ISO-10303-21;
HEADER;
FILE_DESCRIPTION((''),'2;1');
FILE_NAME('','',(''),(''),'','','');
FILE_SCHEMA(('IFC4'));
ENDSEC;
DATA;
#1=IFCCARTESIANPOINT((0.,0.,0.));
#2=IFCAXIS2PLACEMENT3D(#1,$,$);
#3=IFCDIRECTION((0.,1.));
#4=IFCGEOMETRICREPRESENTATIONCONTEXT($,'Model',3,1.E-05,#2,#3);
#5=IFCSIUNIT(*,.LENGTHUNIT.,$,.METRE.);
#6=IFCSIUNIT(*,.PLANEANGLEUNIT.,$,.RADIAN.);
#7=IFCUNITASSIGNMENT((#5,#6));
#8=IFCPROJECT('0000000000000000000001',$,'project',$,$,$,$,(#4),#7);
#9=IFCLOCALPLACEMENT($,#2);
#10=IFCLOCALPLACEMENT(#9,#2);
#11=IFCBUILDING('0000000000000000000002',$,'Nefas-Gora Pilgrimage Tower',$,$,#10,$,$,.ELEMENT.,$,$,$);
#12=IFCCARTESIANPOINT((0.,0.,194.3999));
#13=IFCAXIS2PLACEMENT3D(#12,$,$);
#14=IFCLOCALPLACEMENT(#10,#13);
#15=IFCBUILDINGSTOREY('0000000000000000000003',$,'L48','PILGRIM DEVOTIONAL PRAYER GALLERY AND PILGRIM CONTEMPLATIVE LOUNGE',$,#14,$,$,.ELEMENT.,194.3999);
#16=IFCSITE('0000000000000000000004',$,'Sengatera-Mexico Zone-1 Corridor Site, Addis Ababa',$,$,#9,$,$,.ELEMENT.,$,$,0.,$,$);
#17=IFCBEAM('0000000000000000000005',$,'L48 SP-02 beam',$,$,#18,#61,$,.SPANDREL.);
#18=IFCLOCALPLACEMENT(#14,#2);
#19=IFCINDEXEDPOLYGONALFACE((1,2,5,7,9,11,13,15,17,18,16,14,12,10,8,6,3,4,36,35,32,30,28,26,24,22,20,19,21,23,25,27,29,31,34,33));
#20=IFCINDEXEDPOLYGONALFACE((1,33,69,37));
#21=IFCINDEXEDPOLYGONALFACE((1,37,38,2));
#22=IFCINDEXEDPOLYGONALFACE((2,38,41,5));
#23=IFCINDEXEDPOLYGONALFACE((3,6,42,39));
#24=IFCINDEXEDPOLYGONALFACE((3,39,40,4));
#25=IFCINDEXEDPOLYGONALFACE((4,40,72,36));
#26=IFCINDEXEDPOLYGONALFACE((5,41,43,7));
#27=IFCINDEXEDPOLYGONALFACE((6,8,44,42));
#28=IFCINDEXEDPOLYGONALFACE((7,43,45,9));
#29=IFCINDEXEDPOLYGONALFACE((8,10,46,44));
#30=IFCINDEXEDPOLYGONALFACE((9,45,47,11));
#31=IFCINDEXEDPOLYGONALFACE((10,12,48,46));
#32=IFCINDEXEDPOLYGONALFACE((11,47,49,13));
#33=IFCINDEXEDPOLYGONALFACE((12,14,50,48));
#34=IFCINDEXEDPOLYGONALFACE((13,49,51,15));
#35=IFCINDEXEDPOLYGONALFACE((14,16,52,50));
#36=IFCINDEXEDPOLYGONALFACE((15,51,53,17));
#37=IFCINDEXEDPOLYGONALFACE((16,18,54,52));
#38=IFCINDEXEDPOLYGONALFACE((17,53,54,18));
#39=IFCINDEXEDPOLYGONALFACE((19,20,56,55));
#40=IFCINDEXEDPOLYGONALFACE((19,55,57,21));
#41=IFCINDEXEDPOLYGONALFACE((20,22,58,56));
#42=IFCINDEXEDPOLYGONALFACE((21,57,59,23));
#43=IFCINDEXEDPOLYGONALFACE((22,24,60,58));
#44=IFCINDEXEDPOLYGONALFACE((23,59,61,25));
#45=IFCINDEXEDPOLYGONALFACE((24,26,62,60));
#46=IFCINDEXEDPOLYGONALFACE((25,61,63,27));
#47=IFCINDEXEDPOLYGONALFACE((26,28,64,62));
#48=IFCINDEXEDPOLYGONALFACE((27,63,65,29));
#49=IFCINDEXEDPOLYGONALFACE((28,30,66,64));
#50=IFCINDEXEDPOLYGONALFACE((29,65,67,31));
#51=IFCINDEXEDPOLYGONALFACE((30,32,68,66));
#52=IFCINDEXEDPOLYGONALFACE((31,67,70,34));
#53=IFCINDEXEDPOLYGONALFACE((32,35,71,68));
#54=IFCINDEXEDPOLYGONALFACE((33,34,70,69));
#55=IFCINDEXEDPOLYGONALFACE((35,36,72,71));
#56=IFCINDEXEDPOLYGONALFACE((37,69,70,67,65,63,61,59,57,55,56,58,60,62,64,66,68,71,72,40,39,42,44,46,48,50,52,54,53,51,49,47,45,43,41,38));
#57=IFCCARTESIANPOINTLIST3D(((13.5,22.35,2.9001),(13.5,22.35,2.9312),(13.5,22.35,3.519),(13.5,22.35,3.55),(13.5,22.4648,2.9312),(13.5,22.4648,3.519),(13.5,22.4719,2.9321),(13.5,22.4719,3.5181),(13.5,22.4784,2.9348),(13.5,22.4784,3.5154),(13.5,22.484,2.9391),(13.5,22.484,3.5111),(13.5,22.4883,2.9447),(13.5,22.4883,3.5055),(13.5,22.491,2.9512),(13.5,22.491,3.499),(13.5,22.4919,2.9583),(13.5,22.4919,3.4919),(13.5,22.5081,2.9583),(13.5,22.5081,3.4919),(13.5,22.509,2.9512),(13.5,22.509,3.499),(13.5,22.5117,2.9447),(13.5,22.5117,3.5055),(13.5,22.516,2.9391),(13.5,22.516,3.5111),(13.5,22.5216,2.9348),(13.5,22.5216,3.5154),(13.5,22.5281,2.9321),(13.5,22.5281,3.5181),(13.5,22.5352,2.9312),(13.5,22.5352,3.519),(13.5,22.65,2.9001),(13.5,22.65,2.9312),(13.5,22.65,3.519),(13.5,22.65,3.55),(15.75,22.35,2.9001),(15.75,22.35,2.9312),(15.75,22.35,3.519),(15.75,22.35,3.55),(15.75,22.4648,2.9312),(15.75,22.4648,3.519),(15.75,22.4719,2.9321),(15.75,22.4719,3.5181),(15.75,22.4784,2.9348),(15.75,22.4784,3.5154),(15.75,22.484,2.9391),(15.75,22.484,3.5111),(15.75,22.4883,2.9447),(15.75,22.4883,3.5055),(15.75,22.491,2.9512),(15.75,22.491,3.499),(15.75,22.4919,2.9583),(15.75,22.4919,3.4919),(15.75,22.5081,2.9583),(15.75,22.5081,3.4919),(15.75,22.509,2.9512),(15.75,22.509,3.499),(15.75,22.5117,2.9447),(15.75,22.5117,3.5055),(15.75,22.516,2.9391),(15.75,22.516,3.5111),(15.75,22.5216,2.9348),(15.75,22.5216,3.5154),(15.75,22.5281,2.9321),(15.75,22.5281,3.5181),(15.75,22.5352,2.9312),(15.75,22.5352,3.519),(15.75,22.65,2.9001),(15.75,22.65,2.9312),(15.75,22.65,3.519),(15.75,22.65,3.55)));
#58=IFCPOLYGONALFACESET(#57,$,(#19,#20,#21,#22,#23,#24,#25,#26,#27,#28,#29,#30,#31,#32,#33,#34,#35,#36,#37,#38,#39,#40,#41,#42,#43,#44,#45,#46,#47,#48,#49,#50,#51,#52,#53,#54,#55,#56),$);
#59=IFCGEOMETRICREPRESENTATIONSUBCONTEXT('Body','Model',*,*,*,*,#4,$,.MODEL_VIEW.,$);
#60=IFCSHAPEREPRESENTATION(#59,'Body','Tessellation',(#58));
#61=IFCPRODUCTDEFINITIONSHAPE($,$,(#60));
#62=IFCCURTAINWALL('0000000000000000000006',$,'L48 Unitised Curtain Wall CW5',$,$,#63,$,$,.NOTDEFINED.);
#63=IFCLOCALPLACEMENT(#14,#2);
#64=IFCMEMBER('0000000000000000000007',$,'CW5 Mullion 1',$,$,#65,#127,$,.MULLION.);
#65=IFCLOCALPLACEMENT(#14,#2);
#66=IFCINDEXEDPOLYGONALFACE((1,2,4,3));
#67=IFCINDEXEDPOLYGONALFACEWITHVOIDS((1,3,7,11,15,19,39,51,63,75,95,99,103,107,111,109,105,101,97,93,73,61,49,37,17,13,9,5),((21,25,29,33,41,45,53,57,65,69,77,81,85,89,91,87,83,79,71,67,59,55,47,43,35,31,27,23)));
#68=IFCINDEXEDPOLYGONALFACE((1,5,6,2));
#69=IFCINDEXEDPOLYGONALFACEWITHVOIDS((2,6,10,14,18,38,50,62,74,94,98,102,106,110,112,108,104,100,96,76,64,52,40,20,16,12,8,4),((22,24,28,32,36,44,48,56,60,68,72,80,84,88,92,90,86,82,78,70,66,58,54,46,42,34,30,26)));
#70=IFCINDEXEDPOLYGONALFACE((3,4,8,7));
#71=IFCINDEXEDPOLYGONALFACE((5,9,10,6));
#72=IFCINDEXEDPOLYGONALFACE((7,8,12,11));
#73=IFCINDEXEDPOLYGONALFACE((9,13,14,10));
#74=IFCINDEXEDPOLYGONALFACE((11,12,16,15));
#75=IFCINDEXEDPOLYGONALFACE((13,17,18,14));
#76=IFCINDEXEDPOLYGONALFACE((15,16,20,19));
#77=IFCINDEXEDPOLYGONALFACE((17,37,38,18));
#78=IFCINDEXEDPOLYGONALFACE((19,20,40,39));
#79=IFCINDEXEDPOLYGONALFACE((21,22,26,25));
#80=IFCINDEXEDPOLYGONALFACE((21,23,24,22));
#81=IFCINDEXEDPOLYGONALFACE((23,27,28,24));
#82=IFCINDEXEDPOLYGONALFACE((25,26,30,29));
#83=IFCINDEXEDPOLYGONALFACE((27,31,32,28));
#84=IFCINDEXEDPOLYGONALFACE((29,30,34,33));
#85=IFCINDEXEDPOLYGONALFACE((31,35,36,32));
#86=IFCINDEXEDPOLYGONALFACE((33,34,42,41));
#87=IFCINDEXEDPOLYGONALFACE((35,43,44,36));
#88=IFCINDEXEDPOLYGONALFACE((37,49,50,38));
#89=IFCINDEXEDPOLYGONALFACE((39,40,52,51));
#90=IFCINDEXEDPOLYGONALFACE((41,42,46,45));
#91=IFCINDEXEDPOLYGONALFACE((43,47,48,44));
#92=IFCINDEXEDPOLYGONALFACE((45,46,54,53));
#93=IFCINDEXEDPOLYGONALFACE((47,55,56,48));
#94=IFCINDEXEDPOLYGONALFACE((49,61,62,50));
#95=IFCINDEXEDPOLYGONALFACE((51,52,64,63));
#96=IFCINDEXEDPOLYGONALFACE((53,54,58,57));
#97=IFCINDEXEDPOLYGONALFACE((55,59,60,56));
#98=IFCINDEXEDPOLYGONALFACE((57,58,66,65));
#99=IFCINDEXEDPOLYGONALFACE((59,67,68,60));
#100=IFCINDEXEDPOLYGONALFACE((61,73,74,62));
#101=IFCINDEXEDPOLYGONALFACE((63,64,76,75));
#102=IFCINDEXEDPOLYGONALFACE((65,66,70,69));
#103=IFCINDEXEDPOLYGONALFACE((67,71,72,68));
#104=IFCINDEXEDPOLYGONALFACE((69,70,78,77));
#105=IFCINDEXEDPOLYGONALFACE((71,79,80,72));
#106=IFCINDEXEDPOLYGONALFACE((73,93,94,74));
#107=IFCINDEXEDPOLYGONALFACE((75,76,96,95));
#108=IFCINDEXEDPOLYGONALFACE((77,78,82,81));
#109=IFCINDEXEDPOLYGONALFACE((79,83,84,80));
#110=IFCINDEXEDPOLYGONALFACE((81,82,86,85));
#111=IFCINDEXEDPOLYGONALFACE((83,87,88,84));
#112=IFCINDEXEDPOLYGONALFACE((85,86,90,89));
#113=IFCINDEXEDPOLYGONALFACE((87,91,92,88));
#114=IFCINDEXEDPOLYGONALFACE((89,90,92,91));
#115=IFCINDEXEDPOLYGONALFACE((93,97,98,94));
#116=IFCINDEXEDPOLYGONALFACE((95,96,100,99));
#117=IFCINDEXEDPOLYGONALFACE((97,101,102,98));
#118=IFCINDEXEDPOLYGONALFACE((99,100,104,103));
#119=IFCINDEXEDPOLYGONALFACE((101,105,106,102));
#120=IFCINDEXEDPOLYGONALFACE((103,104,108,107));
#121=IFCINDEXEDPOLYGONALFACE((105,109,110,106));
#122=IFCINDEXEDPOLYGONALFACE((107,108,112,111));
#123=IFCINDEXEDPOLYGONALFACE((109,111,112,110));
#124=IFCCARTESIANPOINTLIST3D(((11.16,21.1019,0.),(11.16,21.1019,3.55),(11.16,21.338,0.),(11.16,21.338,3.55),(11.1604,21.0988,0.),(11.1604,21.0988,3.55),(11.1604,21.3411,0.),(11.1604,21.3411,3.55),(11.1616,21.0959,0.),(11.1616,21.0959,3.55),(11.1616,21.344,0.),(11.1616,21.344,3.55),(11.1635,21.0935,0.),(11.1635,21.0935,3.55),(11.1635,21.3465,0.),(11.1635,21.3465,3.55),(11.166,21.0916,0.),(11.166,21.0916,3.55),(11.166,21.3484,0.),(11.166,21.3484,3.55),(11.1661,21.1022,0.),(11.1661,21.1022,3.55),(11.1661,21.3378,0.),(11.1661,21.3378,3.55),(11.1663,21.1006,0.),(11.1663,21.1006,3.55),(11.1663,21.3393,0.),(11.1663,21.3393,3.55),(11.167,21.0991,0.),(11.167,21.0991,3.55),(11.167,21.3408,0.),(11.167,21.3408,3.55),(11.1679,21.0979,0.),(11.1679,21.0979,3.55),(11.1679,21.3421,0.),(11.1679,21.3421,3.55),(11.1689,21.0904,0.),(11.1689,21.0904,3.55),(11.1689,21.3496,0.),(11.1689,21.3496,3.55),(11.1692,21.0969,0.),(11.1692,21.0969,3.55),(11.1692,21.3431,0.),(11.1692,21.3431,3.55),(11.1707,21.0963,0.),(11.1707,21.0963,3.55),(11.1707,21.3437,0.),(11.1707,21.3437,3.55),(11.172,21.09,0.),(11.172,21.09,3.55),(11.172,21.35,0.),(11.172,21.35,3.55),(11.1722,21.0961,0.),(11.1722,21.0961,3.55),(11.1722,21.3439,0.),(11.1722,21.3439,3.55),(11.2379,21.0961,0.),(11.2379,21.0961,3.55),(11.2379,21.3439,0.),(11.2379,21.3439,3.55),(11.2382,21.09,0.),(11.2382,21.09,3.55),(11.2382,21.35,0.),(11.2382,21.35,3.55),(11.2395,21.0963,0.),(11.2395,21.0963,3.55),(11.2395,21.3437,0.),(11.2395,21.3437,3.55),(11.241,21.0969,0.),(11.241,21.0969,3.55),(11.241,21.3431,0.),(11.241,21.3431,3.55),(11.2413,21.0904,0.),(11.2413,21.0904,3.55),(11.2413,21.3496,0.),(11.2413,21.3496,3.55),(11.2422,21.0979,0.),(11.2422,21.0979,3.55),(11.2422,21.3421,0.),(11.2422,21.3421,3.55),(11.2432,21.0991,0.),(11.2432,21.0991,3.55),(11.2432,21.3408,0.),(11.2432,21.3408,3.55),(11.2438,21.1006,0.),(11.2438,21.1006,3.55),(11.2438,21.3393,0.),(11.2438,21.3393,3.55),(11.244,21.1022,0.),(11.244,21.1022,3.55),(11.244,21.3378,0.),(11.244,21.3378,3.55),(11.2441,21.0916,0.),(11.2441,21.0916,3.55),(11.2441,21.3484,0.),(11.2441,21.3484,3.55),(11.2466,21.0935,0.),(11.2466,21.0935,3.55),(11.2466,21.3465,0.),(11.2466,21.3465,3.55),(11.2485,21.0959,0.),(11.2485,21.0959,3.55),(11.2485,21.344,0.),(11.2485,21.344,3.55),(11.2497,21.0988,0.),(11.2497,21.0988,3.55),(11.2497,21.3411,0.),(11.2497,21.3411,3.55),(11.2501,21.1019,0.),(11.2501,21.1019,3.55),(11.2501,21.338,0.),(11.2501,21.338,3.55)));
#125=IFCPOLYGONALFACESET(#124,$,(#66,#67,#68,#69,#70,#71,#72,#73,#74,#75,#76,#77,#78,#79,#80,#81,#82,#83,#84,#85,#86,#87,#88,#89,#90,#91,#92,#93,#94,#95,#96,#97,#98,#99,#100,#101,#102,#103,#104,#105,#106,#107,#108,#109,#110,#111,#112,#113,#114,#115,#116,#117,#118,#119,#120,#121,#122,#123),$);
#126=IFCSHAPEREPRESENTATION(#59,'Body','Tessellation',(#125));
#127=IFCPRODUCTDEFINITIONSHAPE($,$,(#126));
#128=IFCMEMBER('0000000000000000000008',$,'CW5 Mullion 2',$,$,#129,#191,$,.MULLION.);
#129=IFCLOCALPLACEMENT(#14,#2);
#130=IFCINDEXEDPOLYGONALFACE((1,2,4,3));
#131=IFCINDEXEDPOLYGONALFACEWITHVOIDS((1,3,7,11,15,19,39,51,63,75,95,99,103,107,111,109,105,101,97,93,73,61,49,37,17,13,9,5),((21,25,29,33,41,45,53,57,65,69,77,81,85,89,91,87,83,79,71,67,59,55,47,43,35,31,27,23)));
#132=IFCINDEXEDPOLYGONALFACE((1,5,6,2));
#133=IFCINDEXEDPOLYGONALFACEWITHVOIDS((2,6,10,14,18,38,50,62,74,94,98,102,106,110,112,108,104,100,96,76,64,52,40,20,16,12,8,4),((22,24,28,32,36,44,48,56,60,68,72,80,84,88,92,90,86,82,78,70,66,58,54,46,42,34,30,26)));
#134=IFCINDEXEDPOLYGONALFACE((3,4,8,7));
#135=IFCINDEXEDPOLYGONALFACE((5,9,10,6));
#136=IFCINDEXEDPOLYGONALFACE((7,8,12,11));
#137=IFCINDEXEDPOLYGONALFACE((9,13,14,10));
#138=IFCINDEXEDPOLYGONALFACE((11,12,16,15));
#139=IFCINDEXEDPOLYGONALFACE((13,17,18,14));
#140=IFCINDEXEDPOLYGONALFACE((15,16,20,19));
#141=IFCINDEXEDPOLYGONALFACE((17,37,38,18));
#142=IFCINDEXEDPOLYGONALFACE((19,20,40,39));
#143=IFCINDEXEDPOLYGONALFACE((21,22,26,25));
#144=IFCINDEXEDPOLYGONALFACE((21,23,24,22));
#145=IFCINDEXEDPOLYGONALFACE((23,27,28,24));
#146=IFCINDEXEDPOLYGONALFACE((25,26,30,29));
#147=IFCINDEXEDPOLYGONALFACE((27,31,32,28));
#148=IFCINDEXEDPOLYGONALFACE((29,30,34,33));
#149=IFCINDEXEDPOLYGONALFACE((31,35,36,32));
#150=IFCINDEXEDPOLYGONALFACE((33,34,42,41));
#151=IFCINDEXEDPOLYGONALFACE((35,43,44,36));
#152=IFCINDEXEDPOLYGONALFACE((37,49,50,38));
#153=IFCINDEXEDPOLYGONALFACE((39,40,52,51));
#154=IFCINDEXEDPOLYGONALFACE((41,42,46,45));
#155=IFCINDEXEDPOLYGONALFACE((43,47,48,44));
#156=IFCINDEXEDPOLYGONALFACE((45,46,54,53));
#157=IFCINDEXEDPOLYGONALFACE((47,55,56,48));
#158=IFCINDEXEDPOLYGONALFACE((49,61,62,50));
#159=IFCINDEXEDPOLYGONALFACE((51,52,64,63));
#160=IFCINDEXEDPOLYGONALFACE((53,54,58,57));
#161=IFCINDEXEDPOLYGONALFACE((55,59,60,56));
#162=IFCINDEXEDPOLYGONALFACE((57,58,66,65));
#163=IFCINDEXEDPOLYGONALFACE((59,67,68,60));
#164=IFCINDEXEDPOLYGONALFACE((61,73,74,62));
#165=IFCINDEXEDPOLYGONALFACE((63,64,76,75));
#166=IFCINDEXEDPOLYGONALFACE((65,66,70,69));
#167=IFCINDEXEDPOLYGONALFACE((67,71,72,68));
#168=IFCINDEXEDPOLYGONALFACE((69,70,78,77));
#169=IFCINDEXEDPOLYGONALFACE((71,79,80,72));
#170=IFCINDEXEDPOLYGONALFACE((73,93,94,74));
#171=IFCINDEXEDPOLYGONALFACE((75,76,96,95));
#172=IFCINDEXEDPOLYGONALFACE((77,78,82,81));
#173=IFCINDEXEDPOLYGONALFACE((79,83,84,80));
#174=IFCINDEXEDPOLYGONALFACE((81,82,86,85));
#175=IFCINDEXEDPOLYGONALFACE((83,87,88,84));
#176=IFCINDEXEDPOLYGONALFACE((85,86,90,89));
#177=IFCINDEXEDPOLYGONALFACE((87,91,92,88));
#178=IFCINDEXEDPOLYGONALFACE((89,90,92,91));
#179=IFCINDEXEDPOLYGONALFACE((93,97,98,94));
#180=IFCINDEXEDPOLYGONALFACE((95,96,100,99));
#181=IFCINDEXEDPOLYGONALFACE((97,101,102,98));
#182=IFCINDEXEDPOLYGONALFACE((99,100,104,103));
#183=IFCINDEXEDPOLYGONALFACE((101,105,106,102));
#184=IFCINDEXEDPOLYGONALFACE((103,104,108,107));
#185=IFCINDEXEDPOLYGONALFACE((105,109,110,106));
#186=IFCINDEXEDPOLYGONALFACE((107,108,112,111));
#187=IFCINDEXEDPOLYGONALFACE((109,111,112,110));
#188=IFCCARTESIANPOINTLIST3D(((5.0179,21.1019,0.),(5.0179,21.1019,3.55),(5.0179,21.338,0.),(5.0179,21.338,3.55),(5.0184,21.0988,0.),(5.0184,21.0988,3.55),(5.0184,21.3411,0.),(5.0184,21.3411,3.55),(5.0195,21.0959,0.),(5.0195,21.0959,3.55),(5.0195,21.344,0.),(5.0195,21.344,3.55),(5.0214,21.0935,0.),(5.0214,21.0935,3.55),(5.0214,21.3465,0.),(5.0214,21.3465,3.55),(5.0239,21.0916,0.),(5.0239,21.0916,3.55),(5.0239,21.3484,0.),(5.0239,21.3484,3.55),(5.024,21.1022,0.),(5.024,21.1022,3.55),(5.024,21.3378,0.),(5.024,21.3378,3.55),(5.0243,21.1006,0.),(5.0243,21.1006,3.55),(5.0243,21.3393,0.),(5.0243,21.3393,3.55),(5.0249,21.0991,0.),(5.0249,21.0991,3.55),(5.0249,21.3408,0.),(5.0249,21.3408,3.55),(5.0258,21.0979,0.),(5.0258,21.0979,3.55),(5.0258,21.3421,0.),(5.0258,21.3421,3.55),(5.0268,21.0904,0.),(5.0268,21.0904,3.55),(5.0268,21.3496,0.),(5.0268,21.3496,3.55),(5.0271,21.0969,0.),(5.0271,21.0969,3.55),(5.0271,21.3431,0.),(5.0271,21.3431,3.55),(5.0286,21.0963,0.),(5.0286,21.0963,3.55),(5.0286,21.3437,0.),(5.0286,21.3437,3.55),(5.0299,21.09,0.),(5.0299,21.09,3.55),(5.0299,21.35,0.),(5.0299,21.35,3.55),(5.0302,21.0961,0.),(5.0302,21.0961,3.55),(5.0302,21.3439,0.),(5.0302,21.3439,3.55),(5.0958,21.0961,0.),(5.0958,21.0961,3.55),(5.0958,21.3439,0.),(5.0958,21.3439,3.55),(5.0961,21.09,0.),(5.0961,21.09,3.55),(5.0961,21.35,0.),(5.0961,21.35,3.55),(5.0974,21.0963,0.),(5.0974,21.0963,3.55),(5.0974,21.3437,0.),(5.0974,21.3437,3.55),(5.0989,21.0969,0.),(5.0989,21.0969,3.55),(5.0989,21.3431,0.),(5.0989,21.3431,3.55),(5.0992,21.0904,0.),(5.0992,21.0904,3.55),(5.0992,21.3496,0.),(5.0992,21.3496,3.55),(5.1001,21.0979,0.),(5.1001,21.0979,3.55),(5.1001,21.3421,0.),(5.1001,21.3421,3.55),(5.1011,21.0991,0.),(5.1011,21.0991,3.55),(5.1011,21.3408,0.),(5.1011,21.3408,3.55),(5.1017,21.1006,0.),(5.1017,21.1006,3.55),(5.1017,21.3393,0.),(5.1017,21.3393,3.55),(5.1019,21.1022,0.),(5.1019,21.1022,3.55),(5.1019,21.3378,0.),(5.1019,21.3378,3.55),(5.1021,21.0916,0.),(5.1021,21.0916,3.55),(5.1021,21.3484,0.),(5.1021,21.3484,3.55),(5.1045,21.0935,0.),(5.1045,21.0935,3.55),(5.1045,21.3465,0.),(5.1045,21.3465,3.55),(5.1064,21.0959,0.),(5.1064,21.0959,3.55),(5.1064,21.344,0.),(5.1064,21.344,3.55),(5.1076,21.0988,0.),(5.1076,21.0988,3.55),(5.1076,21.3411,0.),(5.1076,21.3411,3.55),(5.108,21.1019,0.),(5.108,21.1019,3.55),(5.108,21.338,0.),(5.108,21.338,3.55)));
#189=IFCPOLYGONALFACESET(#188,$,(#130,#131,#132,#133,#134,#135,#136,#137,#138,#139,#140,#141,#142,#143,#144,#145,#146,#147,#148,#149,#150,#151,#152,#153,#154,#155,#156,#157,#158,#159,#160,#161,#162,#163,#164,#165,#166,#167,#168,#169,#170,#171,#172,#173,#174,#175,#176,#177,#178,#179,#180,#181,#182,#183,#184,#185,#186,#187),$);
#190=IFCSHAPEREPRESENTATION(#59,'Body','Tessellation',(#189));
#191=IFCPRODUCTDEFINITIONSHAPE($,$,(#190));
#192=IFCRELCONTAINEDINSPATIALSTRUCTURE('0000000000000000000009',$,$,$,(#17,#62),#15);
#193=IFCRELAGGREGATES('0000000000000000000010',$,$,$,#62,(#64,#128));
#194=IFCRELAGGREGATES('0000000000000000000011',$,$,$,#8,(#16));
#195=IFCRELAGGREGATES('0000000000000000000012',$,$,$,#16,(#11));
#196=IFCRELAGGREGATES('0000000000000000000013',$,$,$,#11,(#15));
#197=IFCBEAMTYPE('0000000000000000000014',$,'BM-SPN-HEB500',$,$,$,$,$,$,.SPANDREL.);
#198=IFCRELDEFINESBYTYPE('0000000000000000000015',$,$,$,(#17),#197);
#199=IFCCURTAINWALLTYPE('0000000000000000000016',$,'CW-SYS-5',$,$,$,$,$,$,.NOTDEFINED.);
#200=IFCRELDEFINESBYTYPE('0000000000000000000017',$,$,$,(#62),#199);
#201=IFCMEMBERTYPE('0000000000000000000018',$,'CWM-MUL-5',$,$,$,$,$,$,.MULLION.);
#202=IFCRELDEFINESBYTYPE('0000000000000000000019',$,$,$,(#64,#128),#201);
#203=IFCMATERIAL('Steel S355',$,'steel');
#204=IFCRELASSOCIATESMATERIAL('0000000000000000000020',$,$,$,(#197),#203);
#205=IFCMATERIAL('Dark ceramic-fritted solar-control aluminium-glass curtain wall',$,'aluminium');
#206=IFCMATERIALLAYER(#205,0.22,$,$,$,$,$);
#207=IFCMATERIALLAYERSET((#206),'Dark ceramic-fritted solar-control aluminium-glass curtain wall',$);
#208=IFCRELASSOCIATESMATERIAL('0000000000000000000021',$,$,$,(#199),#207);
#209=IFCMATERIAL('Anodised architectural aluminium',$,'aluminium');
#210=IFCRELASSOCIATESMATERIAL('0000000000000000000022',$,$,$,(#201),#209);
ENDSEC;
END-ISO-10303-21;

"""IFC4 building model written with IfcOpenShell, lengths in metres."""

from ifc_helpers import new_model, si_unit, direction, frame, origin, origin_2d, place, context, subcontext, project, spatial, hollow_rectangle, i_section, extrude, source, transform, mapped, material, layer, layer_set, material_profile, profile_set, type_object, element, aggregate, save


model = new_model("IFC4")

# Units and contexts
model_context = context("Model", 3, precision=1e-05, world=origin(), true_north=direction((0.0, 1.0)))
body_context = subcontext(model_context, "Body", "Model", "MODEL_VIEW")
ifc_project = project(units=[si_unit("LENGTHUNIT", "METRE"), si_unit("PLANEANGLEUNIT", "RADIAN")], contexts=[model_context])

# Site, building, storey
site_placement = place(None, origin())
site = spatial("IfcSite", under=ifc_project, at=site_placement, Name="Sengatera-Mexico Zone-1 Corridor Site, Addis Ababa", CompositionType="ELEMENT", RefElevation=0.0)
building_placement = place(site_placement, origin())
building = spatial("IfcBuilding", under=site, at=building_placement, Name="Nefas-Gora Pilgrimage Tower", CompositionType="ELEMENT")
storey_placement = place(building_placement, frame((0.0, 0.0, 194.3999)))
storey = spatial("IfcBuildingStorey", under=building, at=storey_placement, Name="L48", Description="PILGRIM DEVOTIONAL PRAYER GALLERY AND PILGRIM CONTEMPLATIVE LOUNGE", CompositionType="ELEMENT", Elevation=194.3999)

# Beam
ifc_material_1 = material(Name="Steel S355", Category="steel")
ifc_material_profile_1 = material_profile(ifc_material_1, i_section(OverallWidth=0.3, OverallDepth=0.6499, WebThickness=0.0161, FlangeThickness=0.031, FilletRadius=0.0271, at=origin_2d()), Name="HEB 650")
ifc_profile_set_1 = profile_set([ifc_material_profile_1], Name="Steel S355")
beam_type_1 = type_object("IfcBeamType", Name="BM-SPN-HEB500", PredefinedType="SPANDREL", material=ifc_profile_set_1)
shared_shape_1 = source(origin(), body_context, "Body", "SweptSolid", [
    extrude(i_section(OverallWidth=0.3, OverallDepth=0.6499, WebThickness=0.0161, FlangeThickness=0.031, FilletRadius=0.0271, at=origin_2d()), origin(), (0.0, 0.0, 1.0), 2.25),
])
beam_1_placement = place(storey_placement, frame((13.5, 22.5, 3.2251), z_axis=(1.0, 0.0, 0.0), x_axis=(0.0, 1.0, 0.0)))
element("IfcBeam", 1, at=beam_1_placement, inside=storey, type_object=beam_type_1, Name="L48 SP-02 beam", PredefinedType="SPANDREL", context=body_context, shape_type="MappedRepresentation", body=[
    mapped(shared_shape_1, transform((0.0, 0.0, 0.0), x_axis=(1.0, 0.0, 0.0), y_axis=(0.0, 1.0, 0.0), z_axis=(0.0, 0.0, 1.0), scale=1.0)),
])

# Curtain wall, members
ifc_material_2 = material(Name="Dark ceramic-fritted solar-control aluminium-glass curtain wall", Category="aluminium")
ifc_layer_1 = layer(ifc_material_2, 0.22)
ifc_layer_set_1 = layer_set([ifc_layer_1], Name="Dark ceramic-fritted solar-control aluminium-glass curtain wall")
curtain_wall_type_1 = type_object("IfcCurtainWallType", Name="CW-SYS-5", PredefinedType="NOTDEFINED", material=ifc_layer_set_1)
curtain_wall_1_placement = place(storey_placement, origin())
curtain_wall_1 = element("IfcCurtainWall", 2, at=curtain_wall_1_placement, inside=storey, type_object=curtain_wall_type_1, Name="L48 Unitised Curtain Wall CW5", PredefinedType="NOTDEFINED")
ifc_material_3 = material(Name="Anodised architectural aluminium", Category="aluminium")
ifc_material_profile_2 = material_profile(ifc_material_3, hollow_rectangle(XDim=0.0901, YDim=0.26, WallThickness=0.0061, InnerFilletRadius=0.0061, OuterFilletRadius=0.012, at=origin_2d()), Name="ALU MULLION 90x260")
ifc_profile_set_2 = profile_set([ifc_material_profile_2], Name="Anodised architectural aluminium")
member_type_1 = type_object("IfcMemberType", Name="CWM-MUL-5", PredefinedType="MULLION", material=ifc_profile_set_2)
shared_shape_2 = source(origin(), body_context, "Body", "SweptSolid", [
    extrude(hollow_rectangle(XDim=0.0901, YDim=0.26, WallThickness=0.0061, InnerFilletRadius=0.0061, OuterFilletRadius=0.012, at=origin_2d()), origin(), (0.0, 0.0, 1.0), 3.55),
])
member_1_placement = place(storey_placement, frame((11.2051, 21.22, 0.0), z_axis=(0.0, 0.0, 1.0), x_axis=(-1.0, 0.0, 0.0)))
member_1 = element("IfcMember", 3, at=member_1_placement, type_object=member_type_1, Name="CW5 Mullion 1", PredefinedType="MULLION", context=body_context, shape_type="MappedRepresentation", body=[
    mapped(shared_shape_2, transform((0.0, 0.0, 0.0), x_axis=(1.0, 0.0, 0.0), y_axis=(0.0, 1.0, 0.0), z_axis=(0.0, 0.0, 1.0), scale=1.0)),
])
member_2_placement = place(storey_placement, frame((5.063, 21.22, 0.0), z_axis=(0.0, 0.0, 1.0), x_axis=(-1.0, 0.0, 0.0)))
member_2 = element("IfcMember", 4, at=member_2_placement, type_object=member_type_1, Name="CW5 Mullion 2", PredefinedType="MULLION", context=body_context, shape_type="MappedRepresentation", body=[
    mapped(shared_shape_2, transform((0.0, 0.0, 0.0), x_axis=(1.0, 0.0, 0.0), y_axis=(0.0, 1.0, 0.0), z_axis=(0.0, 0.0, 1.0), scale=1.0)),
])

aggregate(curtain_wall_1, [member_1, member_2])

save(model, "model.ifc")
